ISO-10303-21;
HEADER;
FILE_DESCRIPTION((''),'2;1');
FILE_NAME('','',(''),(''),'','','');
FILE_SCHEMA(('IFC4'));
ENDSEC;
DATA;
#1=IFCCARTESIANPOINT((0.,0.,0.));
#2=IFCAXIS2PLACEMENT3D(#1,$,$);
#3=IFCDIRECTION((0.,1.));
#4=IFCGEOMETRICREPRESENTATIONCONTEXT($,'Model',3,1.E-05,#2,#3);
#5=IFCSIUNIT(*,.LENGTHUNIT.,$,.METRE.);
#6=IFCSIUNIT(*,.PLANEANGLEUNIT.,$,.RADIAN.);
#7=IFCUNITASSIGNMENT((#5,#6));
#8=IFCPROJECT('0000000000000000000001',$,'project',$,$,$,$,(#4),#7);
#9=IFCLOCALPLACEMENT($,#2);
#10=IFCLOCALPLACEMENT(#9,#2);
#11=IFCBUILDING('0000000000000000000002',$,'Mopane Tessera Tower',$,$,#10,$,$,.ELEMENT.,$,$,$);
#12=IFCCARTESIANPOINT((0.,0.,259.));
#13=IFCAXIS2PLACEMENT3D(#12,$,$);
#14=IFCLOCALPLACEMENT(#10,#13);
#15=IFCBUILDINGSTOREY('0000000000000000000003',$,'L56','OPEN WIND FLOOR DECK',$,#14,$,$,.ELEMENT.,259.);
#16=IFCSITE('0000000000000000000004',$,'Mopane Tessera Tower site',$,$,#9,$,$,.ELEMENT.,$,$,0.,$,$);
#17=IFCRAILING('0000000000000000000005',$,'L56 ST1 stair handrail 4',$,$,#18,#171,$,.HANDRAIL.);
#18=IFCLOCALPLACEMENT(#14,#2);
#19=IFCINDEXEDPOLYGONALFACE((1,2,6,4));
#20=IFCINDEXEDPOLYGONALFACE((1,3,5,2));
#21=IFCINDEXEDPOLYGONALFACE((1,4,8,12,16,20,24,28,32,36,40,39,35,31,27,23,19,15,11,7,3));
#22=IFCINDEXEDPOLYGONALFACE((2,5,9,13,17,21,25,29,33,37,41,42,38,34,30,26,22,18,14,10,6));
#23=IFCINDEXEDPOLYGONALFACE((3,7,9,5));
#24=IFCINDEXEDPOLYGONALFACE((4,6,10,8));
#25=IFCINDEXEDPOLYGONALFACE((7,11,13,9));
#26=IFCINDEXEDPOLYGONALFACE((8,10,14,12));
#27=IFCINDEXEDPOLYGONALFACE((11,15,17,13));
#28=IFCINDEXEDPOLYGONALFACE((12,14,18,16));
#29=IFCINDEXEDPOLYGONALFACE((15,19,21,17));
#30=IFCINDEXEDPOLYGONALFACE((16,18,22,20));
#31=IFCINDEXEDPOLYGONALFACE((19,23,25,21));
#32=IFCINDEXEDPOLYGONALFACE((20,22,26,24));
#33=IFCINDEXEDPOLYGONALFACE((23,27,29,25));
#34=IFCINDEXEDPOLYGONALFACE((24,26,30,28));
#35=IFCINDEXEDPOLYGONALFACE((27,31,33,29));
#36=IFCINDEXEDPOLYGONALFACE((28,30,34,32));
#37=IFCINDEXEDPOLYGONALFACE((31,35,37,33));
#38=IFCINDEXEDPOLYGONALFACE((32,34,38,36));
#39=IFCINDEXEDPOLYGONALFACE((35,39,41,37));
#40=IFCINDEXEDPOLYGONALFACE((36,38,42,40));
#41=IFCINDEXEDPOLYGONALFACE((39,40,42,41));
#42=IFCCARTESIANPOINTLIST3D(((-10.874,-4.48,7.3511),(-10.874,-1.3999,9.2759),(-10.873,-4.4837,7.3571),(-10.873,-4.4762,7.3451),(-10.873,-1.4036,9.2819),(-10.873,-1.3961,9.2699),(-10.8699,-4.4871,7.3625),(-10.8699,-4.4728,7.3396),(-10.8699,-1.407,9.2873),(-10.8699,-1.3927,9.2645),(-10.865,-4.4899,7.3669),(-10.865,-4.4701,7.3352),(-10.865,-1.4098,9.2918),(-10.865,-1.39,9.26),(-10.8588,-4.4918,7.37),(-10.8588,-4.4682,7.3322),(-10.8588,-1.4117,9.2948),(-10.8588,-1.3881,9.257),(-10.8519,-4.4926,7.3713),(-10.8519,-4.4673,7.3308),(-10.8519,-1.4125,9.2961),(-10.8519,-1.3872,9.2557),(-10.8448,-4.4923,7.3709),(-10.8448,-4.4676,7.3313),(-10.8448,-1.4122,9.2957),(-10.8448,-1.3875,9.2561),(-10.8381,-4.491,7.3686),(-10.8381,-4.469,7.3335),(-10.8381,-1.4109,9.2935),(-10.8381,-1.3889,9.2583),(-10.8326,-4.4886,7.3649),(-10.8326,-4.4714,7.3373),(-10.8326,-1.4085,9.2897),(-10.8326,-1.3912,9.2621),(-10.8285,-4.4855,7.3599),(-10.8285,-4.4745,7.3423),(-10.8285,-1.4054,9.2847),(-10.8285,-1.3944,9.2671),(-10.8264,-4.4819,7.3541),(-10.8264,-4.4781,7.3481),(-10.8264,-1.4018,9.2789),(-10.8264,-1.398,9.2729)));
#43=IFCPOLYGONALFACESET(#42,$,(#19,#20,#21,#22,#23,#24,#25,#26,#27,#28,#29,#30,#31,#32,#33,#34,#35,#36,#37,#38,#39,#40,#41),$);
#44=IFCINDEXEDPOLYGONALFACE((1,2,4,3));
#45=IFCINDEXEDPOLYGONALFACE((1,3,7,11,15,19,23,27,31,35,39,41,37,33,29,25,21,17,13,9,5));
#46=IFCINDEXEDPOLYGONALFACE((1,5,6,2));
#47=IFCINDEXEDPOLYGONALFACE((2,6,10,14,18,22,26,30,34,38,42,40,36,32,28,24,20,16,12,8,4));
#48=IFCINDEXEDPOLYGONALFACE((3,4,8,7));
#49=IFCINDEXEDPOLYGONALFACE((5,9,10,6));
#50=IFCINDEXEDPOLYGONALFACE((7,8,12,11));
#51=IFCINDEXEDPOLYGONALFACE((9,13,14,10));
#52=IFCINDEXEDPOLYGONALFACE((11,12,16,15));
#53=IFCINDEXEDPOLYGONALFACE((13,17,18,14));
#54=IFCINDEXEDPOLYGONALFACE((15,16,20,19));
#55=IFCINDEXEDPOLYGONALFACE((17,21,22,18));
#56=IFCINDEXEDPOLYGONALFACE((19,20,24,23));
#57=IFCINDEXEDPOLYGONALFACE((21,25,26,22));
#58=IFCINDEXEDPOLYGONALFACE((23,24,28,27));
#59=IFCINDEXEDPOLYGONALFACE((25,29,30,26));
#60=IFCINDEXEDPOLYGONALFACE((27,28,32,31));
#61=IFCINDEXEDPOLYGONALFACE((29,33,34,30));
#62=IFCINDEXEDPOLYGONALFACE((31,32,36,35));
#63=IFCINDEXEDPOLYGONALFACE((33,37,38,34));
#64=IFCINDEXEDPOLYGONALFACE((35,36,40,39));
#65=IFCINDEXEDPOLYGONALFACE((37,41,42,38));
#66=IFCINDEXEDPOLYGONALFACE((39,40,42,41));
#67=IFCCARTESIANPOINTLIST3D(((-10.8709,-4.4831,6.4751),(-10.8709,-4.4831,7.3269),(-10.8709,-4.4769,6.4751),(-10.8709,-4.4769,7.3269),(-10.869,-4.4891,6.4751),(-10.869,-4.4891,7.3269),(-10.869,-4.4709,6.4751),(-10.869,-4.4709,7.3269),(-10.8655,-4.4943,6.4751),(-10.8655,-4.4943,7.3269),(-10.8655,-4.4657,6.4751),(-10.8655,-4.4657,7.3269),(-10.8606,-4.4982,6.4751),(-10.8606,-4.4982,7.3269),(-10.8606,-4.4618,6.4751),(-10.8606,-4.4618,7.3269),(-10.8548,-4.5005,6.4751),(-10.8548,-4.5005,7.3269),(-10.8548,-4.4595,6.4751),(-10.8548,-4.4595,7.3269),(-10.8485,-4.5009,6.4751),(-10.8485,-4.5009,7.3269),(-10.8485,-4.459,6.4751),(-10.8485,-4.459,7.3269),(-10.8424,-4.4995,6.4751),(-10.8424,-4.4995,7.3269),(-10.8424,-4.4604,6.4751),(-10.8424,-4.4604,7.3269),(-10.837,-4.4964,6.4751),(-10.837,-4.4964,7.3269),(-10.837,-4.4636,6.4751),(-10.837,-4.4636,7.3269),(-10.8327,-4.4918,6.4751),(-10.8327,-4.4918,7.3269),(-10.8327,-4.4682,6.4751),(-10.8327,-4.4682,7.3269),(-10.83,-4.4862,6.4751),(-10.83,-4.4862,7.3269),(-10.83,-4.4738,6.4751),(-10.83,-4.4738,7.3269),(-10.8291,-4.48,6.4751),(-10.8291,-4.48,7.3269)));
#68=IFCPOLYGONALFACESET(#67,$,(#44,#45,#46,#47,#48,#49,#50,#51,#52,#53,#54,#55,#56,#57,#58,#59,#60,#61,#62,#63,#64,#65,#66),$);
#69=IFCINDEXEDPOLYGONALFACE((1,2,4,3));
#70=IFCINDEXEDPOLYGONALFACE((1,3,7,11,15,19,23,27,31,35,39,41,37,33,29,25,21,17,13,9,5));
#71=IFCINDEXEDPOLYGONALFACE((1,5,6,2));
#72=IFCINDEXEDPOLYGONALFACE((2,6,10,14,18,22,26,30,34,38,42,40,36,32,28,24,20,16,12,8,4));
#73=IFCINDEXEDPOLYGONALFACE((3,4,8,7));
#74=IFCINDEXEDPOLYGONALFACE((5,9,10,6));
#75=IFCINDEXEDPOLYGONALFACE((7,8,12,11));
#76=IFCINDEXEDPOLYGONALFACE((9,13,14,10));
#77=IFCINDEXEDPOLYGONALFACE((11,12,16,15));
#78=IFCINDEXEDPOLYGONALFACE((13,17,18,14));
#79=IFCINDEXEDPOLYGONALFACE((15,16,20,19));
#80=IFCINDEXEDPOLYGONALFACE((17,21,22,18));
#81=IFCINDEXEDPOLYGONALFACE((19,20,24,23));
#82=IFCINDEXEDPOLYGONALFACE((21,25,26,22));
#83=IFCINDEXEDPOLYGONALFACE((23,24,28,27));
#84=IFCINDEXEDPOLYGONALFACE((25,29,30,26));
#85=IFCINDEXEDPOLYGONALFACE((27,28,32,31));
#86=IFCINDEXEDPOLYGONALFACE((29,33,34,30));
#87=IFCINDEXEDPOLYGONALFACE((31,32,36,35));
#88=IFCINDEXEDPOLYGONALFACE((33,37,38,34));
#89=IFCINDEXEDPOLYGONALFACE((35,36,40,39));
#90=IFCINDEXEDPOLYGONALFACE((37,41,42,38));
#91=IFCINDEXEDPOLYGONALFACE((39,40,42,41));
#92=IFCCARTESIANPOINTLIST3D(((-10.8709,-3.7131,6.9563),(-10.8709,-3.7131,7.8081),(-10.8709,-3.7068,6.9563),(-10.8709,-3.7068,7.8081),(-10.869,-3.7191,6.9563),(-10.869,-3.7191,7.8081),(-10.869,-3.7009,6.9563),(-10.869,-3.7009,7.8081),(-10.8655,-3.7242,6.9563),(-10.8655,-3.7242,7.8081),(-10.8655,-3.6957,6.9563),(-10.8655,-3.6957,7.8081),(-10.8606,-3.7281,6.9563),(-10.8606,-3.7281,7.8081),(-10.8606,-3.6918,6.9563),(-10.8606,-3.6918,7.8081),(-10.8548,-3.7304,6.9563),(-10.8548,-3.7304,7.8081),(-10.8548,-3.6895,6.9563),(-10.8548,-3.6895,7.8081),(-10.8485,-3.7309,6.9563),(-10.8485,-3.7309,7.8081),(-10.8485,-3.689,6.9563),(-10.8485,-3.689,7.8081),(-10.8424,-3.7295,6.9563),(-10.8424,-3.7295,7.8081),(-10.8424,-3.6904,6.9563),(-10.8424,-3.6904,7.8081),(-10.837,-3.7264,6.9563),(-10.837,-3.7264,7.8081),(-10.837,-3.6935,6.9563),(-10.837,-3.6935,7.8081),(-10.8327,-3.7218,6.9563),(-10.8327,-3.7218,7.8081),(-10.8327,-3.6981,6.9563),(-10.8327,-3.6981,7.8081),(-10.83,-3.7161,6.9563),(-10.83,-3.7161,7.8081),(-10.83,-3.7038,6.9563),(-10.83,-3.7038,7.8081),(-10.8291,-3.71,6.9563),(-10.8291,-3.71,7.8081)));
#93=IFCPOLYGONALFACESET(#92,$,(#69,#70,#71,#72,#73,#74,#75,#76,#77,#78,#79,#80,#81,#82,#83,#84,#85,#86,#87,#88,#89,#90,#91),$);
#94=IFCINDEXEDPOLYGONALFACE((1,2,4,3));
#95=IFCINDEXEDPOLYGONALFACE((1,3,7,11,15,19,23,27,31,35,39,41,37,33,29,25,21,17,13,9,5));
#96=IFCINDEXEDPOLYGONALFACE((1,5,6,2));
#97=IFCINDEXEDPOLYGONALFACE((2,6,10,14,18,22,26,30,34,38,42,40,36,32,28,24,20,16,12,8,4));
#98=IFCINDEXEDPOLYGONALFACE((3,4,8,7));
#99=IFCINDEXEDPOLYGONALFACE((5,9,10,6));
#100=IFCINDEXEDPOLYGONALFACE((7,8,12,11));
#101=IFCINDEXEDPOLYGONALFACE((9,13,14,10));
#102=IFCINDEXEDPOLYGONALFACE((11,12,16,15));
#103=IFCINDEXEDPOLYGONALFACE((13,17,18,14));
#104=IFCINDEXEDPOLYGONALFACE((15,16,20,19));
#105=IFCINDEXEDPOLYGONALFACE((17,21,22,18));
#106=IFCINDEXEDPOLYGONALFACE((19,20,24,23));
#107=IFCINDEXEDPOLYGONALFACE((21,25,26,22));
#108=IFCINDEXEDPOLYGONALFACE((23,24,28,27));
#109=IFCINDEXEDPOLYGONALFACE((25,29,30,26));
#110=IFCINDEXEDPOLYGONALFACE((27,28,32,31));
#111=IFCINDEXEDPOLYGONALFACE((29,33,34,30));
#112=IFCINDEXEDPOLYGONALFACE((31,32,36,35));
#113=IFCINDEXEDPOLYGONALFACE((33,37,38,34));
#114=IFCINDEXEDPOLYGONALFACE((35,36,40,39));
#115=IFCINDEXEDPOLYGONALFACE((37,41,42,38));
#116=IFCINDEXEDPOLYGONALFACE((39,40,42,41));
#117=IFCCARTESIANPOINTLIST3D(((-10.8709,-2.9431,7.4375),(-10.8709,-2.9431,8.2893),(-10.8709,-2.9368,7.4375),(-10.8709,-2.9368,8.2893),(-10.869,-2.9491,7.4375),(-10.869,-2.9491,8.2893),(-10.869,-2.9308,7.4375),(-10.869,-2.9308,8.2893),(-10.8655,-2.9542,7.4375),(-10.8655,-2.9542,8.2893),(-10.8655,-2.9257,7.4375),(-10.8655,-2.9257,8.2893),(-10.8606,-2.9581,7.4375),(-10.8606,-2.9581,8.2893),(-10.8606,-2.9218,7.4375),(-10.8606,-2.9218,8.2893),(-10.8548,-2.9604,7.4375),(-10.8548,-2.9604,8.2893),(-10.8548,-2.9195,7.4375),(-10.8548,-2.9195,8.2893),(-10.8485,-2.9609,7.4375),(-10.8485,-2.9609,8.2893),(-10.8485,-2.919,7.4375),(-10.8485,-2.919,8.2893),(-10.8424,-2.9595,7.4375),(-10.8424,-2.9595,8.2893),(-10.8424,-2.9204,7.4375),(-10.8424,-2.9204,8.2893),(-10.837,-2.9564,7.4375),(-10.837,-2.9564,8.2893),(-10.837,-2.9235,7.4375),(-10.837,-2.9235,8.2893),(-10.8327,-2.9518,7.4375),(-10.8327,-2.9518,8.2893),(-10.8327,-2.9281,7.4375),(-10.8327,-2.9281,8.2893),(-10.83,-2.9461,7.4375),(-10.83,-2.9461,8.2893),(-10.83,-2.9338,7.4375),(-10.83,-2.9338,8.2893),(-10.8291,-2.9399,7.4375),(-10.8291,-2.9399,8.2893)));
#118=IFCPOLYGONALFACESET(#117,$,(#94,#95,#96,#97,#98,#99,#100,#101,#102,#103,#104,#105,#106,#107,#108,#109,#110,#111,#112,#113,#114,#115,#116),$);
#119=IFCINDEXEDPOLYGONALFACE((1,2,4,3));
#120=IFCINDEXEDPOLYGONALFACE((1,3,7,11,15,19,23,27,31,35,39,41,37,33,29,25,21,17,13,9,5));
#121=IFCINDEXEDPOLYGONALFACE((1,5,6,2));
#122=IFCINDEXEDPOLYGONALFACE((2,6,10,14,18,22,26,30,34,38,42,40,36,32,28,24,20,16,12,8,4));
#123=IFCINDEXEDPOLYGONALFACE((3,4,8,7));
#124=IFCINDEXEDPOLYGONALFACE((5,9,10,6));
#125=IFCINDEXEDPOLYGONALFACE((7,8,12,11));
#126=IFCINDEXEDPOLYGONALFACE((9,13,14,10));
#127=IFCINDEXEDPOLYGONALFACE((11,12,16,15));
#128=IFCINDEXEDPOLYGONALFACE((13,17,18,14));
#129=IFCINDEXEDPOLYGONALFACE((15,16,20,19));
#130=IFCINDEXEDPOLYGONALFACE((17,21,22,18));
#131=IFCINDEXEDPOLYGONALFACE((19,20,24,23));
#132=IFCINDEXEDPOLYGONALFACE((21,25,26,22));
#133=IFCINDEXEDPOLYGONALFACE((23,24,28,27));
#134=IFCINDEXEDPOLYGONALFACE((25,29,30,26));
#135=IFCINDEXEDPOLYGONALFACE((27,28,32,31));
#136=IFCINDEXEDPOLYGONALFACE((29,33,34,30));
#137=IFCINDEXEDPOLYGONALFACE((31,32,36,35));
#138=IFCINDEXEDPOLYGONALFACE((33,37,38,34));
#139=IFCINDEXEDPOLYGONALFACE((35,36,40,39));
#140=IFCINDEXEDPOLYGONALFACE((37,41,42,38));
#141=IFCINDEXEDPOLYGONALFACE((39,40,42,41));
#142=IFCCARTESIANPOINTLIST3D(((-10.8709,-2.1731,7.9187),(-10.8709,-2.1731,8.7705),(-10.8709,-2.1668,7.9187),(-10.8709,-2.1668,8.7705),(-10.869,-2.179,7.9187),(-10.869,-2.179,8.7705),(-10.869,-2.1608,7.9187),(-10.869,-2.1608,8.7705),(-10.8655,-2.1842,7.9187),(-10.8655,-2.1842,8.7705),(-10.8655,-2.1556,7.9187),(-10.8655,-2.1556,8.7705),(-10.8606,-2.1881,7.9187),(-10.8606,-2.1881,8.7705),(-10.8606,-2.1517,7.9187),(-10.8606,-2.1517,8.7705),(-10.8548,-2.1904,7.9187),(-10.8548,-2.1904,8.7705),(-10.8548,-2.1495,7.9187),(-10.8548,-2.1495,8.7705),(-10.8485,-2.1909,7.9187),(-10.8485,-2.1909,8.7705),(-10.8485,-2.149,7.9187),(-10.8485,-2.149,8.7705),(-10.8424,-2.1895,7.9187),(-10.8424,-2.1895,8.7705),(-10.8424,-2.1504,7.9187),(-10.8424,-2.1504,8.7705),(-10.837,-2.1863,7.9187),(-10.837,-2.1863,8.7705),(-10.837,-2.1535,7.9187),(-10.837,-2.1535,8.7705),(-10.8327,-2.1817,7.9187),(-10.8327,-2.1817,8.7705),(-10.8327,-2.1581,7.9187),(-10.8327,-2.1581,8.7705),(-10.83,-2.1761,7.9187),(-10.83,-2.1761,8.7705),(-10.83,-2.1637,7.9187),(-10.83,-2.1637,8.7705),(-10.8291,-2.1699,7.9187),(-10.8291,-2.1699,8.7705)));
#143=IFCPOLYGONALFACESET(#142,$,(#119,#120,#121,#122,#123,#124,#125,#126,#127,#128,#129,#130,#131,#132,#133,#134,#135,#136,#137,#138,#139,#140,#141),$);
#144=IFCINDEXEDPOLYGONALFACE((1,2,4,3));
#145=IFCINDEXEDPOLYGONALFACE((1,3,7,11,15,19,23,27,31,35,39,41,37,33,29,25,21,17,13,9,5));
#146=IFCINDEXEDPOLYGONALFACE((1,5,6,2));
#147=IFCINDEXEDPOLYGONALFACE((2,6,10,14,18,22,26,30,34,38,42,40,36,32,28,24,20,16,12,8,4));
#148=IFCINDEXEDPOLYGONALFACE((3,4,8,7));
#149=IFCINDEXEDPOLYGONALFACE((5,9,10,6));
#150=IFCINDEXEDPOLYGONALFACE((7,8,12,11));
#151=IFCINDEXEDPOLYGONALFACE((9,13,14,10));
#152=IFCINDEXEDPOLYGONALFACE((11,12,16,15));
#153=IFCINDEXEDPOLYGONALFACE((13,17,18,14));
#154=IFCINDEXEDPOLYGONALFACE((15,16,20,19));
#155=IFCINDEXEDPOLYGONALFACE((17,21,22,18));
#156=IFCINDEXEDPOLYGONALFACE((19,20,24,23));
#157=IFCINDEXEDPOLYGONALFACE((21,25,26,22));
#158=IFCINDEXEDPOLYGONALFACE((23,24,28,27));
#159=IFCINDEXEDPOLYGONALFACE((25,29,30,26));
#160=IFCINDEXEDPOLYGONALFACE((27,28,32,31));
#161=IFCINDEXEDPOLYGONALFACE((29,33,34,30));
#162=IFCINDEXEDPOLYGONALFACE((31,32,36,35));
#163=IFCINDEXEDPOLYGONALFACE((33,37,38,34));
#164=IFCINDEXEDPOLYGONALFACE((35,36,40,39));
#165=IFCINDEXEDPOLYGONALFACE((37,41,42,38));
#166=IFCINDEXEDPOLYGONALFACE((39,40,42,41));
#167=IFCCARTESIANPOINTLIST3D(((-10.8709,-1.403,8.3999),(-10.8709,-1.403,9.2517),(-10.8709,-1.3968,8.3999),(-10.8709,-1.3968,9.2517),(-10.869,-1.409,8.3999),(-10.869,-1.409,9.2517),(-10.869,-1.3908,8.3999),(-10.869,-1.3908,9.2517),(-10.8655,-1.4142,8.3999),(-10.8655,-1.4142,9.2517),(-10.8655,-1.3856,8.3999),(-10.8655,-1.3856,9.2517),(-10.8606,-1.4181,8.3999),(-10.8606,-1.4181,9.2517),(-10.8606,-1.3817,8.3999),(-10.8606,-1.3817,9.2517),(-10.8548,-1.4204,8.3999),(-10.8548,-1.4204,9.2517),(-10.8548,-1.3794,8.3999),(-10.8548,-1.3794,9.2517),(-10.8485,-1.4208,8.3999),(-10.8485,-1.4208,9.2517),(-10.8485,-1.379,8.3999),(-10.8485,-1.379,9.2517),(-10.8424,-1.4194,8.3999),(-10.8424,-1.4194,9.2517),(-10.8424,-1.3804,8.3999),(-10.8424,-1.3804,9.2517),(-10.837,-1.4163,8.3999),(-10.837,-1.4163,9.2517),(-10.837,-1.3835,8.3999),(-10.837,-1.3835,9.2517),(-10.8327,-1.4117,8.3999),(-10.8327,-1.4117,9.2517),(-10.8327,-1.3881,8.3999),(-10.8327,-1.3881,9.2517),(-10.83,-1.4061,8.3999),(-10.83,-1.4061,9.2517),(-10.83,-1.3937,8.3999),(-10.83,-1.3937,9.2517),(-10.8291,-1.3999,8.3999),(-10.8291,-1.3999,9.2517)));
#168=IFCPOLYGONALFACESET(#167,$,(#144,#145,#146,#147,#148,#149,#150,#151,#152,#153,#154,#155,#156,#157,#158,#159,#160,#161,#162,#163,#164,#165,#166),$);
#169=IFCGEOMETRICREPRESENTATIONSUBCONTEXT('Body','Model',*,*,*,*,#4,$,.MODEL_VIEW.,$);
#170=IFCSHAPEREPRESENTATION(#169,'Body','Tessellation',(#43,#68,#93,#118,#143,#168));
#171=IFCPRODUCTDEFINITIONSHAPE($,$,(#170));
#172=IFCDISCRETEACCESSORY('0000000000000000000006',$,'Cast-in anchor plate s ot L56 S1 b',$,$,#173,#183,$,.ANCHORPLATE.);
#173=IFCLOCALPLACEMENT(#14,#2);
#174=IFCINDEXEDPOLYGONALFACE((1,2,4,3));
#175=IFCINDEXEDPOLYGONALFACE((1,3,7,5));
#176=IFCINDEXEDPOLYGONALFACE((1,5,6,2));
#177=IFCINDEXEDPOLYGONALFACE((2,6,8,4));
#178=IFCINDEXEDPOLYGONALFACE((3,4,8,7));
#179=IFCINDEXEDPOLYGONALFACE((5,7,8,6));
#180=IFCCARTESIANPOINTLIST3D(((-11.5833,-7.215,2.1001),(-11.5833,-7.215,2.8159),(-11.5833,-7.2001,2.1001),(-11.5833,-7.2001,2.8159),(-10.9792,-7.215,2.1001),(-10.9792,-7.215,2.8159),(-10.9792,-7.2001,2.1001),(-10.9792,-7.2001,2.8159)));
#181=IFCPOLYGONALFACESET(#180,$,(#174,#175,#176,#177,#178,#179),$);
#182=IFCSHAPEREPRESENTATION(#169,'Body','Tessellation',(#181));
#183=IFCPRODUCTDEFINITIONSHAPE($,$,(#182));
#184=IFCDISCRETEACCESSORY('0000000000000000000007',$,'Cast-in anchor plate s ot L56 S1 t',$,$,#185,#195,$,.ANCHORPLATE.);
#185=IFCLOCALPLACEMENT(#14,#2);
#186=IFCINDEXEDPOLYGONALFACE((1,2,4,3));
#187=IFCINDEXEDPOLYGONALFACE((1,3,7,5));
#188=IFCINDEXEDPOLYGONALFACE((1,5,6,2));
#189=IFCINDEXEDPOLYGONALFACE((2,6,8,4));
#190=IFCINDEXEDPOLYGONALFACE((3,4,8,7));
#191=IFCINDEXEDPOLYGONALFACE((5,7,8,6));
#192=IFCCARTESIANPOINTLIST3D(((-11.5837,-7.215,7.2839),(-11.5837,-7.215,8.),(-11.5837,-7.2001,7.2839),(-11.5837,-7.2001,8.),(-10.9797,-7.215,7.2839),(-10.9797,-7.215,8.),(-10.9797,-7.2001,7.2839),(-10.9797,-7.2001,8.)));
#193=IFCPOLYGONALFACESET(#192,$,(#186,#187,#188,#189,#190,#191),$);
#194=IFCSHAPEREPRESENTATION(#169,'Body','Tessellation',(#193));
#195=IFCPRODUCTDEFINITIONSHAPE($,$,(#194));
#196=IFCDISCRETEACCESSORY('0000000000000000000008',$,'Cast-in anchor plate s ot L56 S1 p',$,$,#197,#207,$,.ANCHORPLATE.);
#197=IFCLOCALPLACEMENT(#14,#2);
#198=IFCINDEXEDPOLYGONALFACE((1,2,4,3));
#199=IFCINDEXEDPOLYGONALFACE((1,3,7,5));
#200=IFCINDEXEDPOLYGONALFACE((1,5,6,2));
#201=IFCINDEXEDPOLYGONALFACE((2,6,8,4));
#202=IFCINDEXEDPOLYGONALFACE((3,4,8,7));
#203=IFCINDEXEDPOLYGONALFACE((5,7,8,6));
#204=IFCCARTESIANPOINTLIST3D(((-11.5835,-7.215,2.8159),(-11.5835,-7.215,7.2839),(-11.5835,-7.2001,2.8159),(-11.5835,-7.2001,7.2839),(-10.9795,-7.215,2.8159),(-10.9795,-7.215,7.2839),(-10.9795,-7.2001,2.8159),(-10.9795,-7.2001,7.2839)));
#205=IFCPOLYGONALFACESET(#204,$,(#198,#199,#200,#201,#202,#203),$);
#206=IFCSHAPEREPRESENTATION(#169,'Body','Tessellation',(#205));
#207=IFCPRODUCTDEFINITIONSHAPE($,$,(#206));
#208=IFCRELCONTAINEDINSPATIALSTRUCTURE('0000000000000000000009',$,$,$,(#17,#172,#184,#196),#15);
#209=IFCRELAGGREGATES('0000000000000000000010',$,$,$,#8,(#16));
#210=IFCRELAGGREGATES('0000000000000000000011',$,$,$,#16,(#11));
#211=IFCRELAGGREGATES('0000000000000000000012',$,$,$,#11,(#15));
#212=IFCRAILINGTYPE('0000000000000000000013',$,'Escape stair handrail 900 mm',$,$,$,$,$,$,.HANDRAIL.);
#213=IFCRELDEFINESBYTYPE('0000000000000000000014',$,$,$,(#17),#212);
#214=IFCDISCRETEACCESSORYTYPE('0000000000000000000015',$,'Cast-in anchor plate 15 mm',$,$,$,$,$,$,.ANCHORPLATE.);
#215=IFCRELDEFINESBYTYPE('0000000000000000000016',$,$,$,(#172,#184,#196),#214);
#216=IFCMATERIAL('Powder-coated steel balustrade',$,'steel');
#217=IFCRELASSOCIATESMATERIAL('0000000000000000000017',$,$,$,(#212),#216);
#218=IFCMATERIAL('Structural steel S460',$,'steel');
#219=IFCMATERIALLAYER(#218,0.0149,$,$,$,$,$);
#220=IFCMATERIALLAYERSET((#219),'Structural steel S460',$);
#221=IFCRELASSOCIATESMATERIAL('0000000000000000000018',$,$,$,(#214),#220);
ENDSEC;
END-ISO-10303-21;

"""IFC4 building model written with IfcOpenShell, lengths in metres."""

from ifc_helpers import new_model, si_unit, direction, frame, origin, origin_2d, place, context, subcontext, project, spatial, rectangle, circle, extrude, material, layer, layer_set, type_object, element, save


model = new_model("IFC4")

# Units and contexts
model_context = context("Model", 3, precision=1e-05, world=origin(), true_north=direction((0.0, 1.0)))
body_context = subcontext(model_context, "Body", "Model", "MODEL_VIEW")
ifc_project = project(units=[si_unit("LENGTHUNIT", "METRE"), si_unit("PLANEANGLEUNIT", "RADIAN")], contexts=[model_context])

# Site, building, storey
site_placement = place(None, origin())
site = spatial("IfcSite", under=ifc_project, at=site_placement, Name="Mopane Tessera Tower site", CompositionType="ELEMENT", RefElevation=0.0)
building_placement = place(site_placement, origin())
building = spatial("IfcBuilding", under=site, at=building_placement, Name="Mopane Tessera Tower", CompositionType="ELEMENT")
storey_placement = place(building_placement, frame((0.0, 0.0, 259.0)))
storey = spatial("IfcBuildingStorey", under=building, at=storey_placement, Name="L56", Description="OPEN WIND FLOOR DECK", CompositionType="ELEMENT", Elevation=259.0)

# Railing
ifc_material_1 = material(Name="Powder-coated steel balustrade", Category="steel")
railing_type = type_object("IfcRailingType", Name="Escape stair handrail 900 mm", PredefinedType="HANDRAIL", material=ifc_material_1)
railing_1_placement = place(storey_placement, frame((-10.8501, -4.48, 6.4751)))
element("IfcRailing", 1, at=railing_1_placement, inside=storey, type_object=railing_type, Name="L56 ST1 stair handrail 4", PredefinedType="HANDRAIL", context=body_context, shape_type="SweptSolid", body=[
    extrude(circle(Radius=0.0239, at=origin_2d()), frame((0.0, 0.0, 0.876), z_axis=(0.0, 0.848029, 0.529951), x_axis=(-1.0, 0.0, 0.0)), (0.0, 0.0, 1.0), 3.6321),
    extrude(circle(Radius=0.021, at=origin_2d()), origin(), (0.0, 0.0, 1.0), 0.8518),
    extrude(circle(Radius=0.021, at=origin_2d()), frame((0.0, 0.77, 0.4812)), (0.0, 0.0, 1.0), 0.8518),
    extrude(circle(Radius=0.021, at=origin_2d()), frame((0.0, 1.54, 0.9624)), (0.0, 0.0, 1.0), 0.8518),
    extrude(circle(Radius=0.021, at=origin_2d()), frame((0.0, 2.3101, 1.4436)), (0.0, 0.0, 1.0), 0.8518),
    extrude(circle(Radius=0.021, at=origin_2d()), frame((0.0, 3.0801, 1.9248)), (0.0, 0.0, 1.0), 0.8518),
])

# Discrete accessories
ifc_material_2 = material(Name="Structural steel S460", Category="steel")
ifc_layer_1 = layer(ifc_material_2, 0.0149)
ifc_layer_set_1 = layer_set([ifc_layer_1], Name="Structural steel S460")
discrete_accessory_type_1 = type_object("IfcDiscreteAccessoryType", Name="Cast-in anchor plate 15 mm", PredefinedType="ANCHORPLATE", material=ifc_layer_set_1)
discrete_accessory_1_placement = place(storey_placement, frame((-11.2812, -7.2075, 2.1001), z_axis=(0.0, 0.0, 1.0), x_axis=(0.0, -1.0, 0.0)))
element("IfcDiscreteAccessory", 2, at=discrete_accessory_1_placement, inside=storey, type_object=discrete_accessory_type_1, Name="Cast-in anchor plate s ot L56 S1 b", PredefinedType="ANCHORPLATE", context=body_context, shape_type="SweptSolid", body=[
    extrude(rectangle(XDim=0.0149, YDim=0.604, at=origin_2d()), origin(), (0.0, 0.0, 1.0), 0.7158),
])
discrete_accessory_2_placement = place(storey_placement, frame((-11.2817, -7.2075, 7.2839), z_axis=(0.0, 0.0, 1.0), x_axis=(0.0, -1.0, 0.0)))
element("IfcDiscreteAccessory", 3, at=discrete_accessory_2_placement, inside=storey, type_object=discrete_accessory_type_1, Name="Cast-in anchor plate s ot L56 S1 t", PredefinedType="ANCHORPLATE", context=body_context, shape_type="SweptSolid", body=[
    extrude(rectangle(XDim=0.0149, YDim=0.604, at=origin_2d()), origin(), (0.0, 0.0, 1.0), 0.7161),
])
discrete_accessory_3_placement = place(storey_placement, frame((-11.2815, -7.2075, 2.8159), z_axis=(0.0, 0.0, 1.0), x_axis=(0.0, -1.0, 0.0)))
element("IfcDiscreteAccessory", 4, at=discrete_accessory_3_placement, inside=storey, type_object=discrete_accessory_type_1, Name="Cast-in anchor plate s ot L56 S1 p", PredefinedType="ANCHORPLATE", context=body_context, shape_type="SweptSolid", body=[
    extrude(rectangle(XDim=0.0149, YDim=0.604, at=origin_2d()), origin(), (0.0, 0.0, 1.0), 4.468),
])

save(model, "model.ifc")
